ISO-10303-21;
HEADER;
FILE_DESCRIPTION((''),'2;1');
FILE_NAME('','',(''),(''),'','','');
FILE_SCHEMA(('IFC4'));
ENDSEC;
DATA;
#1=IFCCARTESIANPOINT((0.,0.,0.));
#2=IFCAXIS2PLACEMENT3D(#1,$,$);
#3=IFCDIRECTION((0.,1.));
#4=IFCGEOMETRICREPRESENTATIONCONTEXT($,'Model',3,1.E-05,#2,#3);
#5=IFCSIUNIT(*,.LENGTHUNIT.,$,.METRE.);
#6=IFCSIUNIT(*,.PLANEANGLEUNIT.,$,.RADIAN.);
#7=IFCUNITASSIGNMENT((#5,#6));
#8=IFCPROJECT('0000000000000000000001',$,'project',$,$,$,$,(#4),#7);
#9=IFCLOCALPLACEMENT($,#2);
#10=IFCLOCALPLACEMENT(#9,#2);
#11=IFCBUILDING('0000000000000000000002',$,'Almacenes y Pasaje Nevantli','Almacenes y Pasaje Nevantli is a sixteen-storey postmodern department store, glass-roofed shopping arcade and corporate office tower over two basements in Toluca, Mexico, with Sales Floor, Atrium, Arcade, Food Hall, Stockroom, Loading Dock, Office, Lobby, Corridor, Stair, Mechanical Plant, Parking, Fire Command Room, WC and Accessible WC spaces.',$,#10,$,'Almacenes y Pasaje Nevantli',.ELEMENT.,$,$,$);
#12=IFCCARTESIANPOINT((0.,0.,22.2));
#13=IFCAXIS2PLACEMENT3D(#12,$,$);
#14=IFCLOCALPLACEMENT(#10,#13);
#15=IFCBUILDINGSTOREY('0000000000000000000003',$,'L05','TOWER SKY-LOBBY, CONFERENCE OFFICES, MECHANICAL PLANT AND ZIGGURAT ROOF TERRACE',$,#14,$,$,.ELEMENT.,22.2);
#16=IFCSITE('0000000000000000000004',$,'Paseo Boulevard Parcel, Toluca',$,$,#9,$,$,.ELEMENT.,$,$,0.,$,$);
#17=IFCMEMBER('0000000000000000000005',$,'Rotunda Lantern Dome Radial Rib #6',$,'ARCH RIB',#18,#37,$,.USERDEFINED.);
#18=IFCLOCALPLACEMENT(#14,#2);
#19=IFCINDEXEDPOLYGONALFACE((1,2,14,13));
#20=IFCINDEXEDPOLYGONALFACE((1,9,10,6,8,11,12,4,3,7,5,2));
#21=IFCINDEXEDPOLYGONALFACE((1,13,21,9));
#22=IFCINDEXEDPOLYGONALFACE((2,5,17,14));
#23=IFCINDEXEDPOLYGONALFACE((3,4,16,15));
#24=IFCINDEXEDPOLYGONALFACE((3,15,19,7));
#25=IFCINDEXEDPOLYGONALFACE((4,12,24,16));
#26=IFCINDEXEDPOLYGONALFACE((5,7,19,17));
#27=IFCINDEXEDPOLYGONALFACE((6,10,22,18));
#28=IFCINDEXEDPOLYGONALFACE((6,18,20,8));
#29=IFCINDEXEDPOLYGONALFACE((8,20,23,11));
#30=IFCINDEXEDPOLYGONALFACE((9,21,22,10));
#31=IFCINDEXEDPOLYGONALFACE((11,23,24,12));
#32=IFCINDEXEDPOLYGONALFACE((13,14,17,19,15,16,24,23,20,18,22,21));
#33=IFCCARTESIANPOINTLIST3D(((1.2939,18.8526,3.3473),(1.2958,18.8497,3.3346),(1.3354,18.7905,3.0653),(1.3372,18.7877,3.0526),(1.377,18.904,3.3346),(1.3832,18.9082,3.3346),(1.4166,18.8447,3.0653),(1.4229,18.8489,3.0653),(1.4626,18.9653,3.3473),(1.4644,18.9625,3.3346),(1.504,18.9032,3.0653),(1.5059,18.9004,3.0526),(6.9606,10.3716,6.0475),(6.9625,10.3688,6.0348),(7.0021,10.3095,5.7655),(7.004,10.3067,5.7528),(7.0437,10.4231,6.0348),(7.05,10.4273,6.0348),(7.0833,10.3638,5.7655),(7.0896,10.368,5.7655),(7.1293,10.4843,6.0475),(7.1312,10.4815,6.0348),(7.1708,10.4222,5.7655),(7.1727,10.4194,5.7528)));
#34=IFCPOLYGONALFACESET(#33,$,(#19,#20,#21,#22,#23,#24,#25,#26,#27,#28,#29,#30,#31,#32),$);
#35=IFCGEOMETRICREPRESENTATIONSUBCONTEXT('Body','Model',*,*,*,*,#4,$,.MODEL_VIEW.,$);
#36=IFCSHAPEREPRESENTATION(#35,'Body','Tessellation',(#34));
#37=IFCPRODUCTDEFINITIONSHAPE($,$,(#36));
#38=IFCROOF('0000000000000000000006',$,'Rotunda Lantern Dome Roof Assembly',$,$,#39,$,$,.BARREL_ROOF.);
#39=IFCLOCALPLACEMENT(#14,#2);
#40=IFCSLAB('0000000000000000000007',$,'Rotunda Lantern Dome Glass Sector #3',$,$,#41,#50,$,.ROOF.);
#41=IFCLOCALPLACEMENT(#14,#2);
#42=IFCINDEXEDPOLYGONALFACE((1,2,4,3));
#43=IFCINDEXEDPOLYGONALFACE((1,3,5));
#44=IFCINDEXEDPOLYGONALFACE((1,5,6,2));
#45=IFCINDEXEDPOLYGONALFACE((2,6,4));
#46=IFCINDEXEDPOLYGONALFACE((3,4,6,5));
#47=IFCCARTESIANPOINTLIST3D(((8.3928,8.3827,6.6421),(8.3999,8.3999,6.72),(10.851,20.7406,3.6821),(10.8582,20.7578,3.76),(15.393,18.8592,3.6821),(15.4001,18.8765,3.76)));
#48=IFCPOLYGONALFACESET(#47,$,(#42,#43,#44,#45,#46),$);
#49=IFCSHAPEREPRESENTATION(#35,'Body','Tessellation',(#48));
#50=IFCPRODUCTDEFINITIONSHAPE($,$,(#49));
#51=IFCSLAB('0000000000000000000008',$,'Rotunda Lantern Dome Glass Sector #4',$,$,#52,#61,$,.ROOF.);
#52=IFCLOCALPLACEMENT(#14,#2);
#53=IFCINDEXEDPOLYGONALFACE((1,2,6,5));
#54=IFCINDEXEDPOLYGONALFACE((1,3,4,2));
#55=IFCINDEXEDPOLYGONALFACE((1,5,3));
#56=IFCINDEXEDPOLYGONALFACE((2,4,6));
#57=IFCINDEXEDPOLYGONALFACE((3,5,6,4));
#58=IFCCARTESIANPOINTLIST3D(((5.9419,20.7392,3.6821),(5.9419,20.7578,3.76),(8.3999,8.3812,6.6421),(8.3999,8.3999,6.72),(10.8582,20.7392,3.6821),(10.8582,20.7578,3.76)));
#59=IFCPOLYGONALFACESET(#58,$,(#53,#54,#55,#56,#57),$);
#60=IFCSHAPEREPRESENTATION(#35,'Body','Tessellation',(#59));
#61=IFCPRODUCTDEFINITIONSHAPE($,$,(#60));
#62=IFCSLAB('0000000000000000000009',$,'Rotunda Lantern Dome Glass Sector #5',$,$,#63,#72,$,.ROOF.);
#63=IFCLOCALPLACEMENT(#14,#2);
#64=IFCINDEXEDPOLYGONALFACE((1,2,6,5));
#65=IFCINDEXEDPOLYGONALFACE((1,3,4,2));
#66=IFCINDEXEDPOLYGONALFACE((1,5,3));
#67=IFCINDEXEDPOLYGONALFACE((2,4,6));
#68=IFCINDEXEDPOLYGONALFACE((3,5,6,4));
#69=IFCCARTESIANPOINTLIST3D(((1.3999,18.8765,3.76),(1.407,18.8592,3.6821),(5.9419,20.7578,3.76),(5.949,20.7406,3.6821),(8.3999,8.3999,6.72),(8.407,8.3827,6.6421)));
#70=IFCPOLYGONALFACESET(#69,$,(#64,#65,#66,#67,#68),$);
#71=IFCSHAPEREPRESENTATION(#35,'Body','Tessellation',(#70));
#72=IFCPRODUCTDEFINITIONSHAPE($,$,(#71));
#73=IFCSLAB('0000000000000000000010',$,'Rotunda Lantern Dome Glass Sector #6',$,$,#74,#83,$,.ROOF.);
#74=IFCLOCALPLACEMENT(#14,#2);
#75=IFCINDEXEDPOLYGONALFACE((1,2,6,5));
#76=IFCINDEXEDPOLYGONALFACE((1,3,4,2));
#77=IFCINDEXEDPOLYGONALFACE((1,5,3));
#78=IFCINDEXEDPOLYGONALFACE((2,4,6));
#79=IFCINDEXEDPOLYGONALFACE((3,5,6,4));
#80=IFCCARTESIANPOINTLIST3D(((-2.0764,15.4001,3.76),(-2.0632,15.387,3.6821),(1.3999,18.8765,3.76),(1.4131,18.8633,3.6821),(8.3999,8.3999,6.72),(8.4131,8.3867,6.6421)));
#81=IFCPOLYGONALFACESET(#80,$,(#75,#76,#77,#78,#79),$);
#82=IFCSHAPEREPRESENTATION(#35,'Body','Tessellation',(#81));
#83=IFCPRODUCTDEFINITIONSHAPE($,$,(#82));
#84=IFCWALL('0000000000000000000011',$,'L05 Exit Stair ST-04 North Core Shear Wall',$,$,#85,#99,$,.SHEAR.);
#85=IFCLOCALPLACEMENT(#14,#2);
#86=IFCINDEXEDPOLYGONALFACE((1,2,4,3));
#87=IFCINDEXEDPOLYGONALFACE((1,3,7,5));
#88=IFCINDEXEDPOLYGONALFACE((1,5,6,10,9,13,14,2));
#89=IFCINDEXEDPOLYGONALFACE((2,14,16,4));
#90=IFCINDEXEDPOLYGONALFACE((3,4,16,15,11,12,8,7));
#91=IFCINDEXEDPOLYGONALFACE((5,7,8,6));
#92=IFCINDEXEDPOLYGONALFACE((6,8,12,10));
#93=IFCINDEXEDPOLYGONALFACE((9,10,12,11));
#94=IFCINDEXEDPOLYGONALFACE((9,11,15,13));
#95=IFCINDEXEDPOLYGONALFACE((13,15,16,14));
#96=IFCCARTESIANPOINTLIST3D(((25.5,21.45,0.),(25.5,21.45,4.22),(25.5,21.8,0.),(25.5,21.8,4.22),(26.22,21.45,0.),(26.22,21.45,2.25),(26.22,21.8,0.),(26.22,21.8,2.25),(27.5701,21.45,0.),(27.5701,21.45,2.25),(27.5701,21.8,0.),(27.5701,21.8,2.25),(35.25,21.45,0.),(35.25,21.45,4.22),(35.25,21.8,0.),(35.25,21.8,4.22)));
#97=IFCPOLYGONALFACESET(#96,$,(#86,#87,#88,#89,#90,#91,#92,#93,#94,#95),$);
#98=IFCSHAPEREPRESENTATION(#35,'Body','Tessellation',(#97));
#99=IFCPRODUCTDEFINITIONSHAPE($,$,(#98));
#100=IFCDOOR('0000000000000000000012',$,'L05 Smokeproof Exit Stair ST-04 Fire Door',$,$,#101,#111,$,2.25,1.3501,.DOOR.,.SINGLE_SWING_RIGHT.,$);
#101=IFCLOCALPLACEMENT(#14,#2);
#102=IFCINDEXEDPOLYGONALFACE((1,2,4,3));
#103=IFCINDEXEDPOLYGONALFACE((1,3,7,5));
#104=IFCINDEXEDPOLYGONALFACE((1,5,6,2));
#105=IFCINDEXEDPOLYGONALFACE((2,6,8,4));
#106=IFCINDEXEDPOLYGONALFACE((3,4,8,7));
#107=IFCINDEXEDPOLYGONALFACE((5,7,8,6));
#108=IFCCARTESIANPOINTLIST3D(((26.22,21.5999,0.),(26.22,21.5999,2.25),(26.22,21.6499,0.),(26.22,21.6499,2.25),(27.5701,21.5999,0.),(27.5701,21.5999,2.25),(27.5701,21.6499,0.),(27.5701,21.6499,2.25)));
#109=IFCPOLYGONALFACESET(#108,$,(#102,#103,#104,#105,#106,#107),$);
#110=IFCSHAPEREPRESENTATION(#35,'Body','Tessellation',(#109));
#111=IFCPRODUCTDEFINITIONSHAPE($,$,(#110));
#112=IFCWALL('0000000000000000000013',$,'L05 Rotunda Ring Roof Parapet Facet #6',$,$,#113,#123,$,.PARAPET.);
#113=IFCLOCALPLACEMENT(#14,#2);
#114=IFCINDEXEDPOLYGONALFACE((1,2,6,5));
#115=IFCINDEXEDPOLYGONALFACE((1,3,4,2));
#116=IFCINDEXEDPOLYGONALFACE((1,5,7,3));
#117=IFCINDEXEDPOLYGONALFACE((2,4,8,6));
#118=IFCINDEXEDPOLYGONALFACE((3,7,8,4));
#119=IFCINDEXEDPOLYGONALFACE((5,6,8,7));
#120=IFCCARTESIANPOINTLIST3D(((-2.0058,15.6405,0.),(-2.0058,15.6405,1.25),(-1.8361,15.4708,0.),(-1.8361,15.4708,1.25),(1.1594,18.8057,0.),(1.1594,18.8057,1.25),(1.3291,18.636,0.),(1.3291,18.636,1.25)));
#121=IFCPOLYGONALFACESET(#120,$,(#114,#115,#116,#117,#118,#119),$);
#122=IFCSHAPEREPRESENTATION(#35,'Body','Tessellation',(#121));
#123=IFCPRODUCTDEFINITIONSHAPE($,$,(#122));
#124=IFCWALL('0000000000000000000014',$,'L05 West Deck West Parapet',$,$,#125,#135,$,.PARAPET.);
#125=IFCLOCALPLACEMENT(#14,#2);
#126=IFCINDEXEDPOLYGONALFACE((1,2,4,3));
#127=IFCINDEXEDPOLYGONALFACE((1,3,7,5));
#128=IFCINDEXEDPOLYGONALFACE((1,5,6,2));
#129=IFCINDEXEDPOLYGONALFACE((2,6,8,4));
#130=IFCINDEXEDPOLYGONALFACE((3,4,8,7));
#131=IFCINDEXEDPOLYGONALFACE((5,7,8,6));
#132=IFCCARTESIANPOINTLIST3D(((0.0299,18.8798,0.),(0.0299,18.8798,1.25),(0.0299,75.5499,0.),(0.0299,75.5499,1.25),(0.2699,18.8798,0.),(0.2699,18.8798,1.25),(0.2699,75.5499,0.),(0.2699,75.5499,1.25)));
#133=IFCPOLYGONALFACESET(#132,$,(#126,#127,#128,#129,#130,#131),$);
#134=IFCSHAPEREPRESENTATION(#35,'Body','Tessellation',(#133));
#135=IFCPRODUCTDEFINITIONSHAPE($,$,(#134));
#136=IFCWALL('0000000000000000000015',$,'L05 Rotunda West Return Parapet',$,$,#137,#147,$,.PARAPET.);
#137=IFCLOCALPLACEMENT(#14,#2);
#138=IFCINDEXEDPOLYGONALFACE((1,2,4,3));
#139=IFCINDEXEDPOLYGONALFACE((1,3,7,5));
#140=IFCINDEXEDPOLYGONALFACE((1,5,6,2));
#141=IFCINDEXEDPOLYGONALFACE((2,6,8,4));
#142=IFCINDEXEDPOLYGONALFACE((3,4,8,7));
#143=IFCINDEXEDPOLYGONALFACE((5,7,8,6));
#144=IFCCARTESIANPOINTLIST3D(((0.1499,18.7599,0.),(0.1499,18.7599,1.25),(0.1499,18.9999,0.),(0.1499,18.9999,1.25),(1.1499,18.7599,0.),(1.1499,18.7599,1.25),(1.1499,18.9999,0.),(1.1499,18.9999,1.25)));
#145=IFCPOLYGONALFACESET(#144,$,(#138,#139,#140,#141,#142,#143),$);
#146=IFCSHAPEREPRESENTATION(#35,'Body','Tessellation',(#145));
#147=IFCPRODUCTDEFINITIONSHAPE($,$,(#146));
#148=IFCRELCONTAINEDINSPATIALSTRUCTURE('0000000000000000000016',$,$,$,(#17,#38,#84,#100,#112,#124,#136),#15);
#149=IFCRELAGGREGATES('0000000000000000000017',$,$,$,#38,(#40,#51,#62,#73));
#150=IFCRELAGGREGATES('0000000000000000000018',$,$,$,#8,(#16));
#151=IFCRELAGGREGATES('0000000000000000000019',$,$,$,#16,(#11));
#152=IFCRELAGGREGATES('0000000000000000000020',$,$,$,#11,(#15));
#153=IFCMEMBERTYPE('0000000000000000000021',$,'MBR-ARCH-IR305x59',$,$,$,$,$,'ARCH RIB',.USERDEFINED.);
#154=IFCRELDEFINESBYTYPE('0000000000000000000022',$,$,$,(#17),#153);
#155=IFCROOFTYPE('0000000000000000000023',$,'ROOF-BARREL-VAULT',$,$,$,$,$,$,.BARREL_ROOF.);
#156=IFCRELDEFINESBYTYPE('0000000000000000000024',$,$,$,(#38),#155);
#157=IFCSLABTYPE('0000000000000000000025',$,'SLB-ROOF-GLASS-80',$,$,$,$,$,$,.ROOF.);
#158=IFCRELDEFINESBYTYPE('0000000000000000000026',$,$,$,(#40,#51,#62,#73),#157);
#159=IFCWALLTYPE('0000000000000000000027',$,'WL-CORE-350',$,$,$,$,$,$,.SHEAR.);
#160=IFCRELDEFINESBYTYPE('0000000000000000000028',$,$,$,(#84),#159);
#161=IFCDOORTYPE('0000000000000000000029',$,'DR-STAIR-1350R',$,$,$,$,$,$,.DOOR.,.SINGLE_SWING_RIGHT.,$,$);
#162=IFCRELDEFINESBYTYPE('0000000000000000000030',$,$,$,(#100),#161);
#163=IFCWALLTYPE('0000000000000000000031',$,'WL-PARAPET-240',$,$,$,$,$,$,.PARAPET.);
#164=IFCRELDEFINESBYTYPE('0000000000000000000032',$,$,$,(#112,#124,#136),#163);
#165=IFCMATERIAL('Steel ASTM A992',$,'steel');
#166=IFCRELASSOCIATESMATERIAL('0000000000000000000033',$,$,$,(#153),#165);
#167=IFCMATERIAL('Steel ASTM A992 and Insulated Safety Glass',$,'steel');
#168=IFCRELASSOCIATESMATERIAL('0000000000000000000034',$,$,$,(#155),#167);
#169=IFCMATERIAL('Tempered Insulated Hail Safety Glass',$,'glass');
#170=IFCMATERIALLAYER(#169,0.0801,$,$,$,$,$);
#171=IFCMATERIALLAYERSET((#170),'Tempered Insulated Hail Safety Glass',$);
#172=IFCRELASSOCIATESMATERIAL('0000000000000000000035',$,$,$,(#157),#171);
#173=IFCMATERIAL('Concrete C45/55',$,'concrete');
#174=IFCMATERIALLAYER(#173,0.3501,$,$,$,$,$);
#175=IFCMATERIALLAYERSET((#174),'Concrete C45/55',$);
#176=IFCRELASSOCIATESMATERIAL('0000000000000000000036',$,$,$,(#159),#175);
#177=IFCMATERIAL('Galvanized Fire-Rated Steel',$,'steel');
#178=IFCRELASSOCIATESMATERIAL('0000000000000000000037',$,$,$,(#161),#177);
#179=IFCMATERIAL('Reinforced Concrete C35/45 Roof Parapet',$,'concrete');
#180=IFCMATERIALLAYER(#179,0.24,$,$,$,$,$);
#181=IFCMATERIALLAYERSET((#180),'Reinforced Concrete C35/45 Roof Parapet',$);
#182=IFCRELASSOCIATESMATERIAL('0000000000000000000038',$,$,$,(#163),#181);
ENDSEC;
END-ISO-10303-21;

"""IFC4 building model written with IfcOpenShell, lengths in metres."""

from ifc_helpers import new_model, si_unit, direction, frame, frame_2d, origin, origin_2d, place, context, subcontext, project, spatial, polyline, rectangle, i_section, outline, extrude, material, layer, layer_set, material_profile, profile_set, type_object, element, fill, aggregate, save


model = new_model("IFC4")

# Units and contexts
model_context = context("Model", 3, precision=1e-05, world=origin(), true_north=direction((0.0, 1.0)))
body_context = subcontext(model_context, "Body", "Model", "MODEL_VIEW")
ifc_project = project(units=[si_unit("LENGTHUNIT", "METRE"), si_unit("PLANEANGLEUNIT", "RADIAN")], contexts=[model_context])

# Site, building, storey
site_placement = place(None, origin())
site = spatial("IfcSite", under=ifc_project, at=site_placement, Name="Paseo Boulevard Parcel, Toluca", CompositionType="ELEMENT", RefElevation=0.0)
building_placement = place(site_placement, origin())
building = spatial("IfcBuilding", under=site, at=building_placement, Name="Almacenes y Pasaje Nevantli", Description="Almacenes y Pasaje Nevantli is a sixteen-storey postmodern department store, glass-roofed shopping arcade and corporate office tower over two basements in Toluca, Mexico, with Sales Floor, Atrium, Arcade, Food Hall, Stockroom, Loading Dock, Office, Lobby, Corridor, Stair, Mechanical Plant, Parking, Fire Command Room, WC and Accessible WC spaces.", LongName="Almacenes y Pasaje Nevantli", CompositionType="ELEMENT")
storey_placement = place(building_placement, frame((0.0, 0.0, 22.2)))
storey = spatial("IfcBuildingStorey", under=building, at=storey_placement, Name="L05", Description="TOWER SKY-LOBBY, CONFERENCE OFFICES, MECHANICAL PLANT AND ZIGGURAT ROOF TERRACE", CompositionType="ELEMENT", Elevation=22.2)

# Member
ifc_material_1 = material(Name="Steel ASTM A992", Category="steel")
ifc_material_profile_1 = material_profile(ifc_material_1, i_section(OverallWidth=0.2029, OverallDepth=0.3049, WebThickness=0.0076, FlangeThickness=0.0132, at=origin_2d()), Name="IR 305x59.5")
ifc_profile_set_1 = profile_set([ifc_material_profile_1], Name="Steel ASTM A992")
member_type = type_object("IfcMemberType", Name="MBR-ARCH-IR305x59", ElementType="ARCH RIB", PredefinedType="USERDEFINED", material=ifc_profile_set_1)
for number, where, z_axis, x_axis, name in (
    (1, (1.3999, 18.8765, 3.2), (0.537067, -0.803784, 0.255911), (0.831472, 0.555567, 0.0), "Rotunda Lantern Dome Radial Rib #6"),
):
    element("IfcMember", number, at=place(storey_placement, frame(where, z_axis=z_axis, x_axis=x_axis)), inside=storey, type_object=member_type, Name=name, ObjectType="ARCH RIB", PredefinedType="USERDEFINED", context=body_context, shape_type="SweptSolid", body=[
        extrude(i_section(OverallWidth=0.2029, OverallDepth=0.3049, WebThickness=0.0076, FlangeThickness=0.0132, at=origin_2d()), origin(), (0.0, 0.0, 1.0), 10.5513),
    ])

# Roof, slabs
ifc_material_2 = material(Name="Steel ASTM A992 and Insulated Safety Glass", Category="steel")
roof_type = type_object("IfcRoofType", Name="ROOF-BARREL-VAULT", PredefinedType="BARREL_ROOF", material=ifc_material_2)
roof_placement = place(storey_placement, origin())
roof = element("IfcRoof", 2, at=roof_placement, inside=storey, type_object=roof_type, Name="Rotunda Lantern Dome Roof Assembly", PredefinedType="BARREL_ROOF")
ifc_material_3 = material(Name="Tempered Insulated Hail Safety Glass", Category="glass")
ifc_layer_1 = layer(ifc_material_3, 0.0801)
ifc_layer_set_1 = layer_set([ifc_layer_1], Name="Tempered Insulated Hail Safety Glass")
slab_type = type_object("IfcSlabType", Name="SLB-ROOF-GLASS-80", PredefinedType="ROOF", material=ifc_layer_set_1)
slab_1_placement = place(storey_placement, frame((15.4001, 18.8765, 3.76), z_axis=(0.089138, 0.2152, 0.972493), x_axis=(-0.92388, 0.382682, 0.0)))
slab_1 = element("IfcSlab", 3, at=slab_1_placement, type_object=slab_type, Name="Rotunda Lantern Dome Glass Sector #3", PredefinedType="ROOF", context=body_context, shape_type="SweptSolid", body=[
    extrude(outline(polyline([(0.0, 0.0), (4.9162, 0.0), (2.4582, 12.7075), (0.0, 0.0)])), origin(), (0.0, 0.0, -1.0), 0.0801),
])
slab_2_placement = place(storey_placement, frame((10.8582, 20.7578, 3.76), z_axis=(0.0, 0.232931, 0.972493), x_axis=(-1.0, 0.0, 0.0)))
slab_2 = element("IfcSlab", 4, at=slab_2_placement, type_object=slab_type, Name="Rotunda Lantern Dome Glass Sector #4", PredefinedType="ROOF", context=body_context, shape_type="SweptSolid", body=[
    extrude(outline(polyline([(0.0, 0.0), (4.9163, 0.0), (2.4583, 12.7075), (0.0, 0.0)])), origin(), (0.0, 0.0, -1.0), 0.0801),
])
slab_3_placement = place(storey_placement, frame((5.9419, 20.7578, 3.76), z_axis=(-0.089139, 0.215201, 0.972493), x_axis=(-0.92388, -0.382682, 0.0)))
slab_3 = element("IfcSlab", 5, at=slab_3_placement, type_object=slab_type, Name="Rotunda Lantern Dome Glass Sector #5", PredefinedType="ROOF", context=body_context, shape_type="SweptSolid", body=[
    extrude(outline(polyline([(0.0, 0.0), (4.9162, 0.0), (2.4582, 12.7074), (0.0, 0.0)])), origin(), (0.0, 0.0, -1.0), 0.0801),
])
slab_4_placement = place(storey_placement, frame((1.3999, 18.8765, 3.76), z_axis=(-0.164709, 0.164709, 0.972493), x_axis=(-0.707107, -0.707107, 0.0)))
slab_4 = element("IfcSlab", 6, at=slab_4_placement, type_object=slab_type, Name="Rotunda Lantern Dome Glass Sector #6", PredefinedType="ROOF", context=body_context, shape_type="SweptSolid", body=[
    extrude(outline(polyline([(0.0, 0.0), (4.9163, 0.0), (2.4583, 12.7073), (0.0, 0.0)])), origin(), (0.0, 0.0, -1.0), 0.0801),
])
aggregate(roof, [slab_1, slab_2, slab_3, slab_4])

# Wall, opening, door
ifc_material_4 = material(Name="Concrete C45/55", Category="concrete")
ifc_layer_2 = layer(ifc_material_4, 0.3501)
ifc_layer_set_2 = layer_set([ifc_layer_2], Name="Concrete C45/55")
wall_type_1 = type_object("IfcWallType", Name="WL-CORE-350", PredefinedType="SHEAR", material=ifc_layer_set_2)
wall_1_placement = place(storey_placement, frame((25.5, 21.625, 0.0), z_axis=(0.0, 0.0, 1.0), x_axis=(1.0, 0.0, 0.0)))
wall_1 = element("IfcWall", 7, at=wall_1_placement, inside=storey, type_object=wall_type_1, Name="L05 Exit Stair ST-04 North Core Shear Wall", PredefinedType="SHEAR", context=body_context, shape_type="SweptSolid", body=[
    extrude(rectangle(XDim=9.75, YDim=0.3501, at=frame_2d((4.875, 0.0))), origin(), (0.0, 0.0, 1.0), 4.22),
])
opening_placement = place(wall_1_placement, frame((0.72, 0.0, 0.0)))
opening = element("IfcOpeningElement", 8, at=opening_placement, cuts=wall_1, PredefinedType="OPENING", context=body_context, shape_type="SweptSolid", body=[
    extrude(rectangle(XDim=1.3501, YDim=2.25, at=frame_2d((0.675, 1.125))), frame((0.0, 0.1851, 0.0), z_axis=(0.0, -1.0, 0.0), x_axis=(1.0, 0.0, 0.0)), (0.0, 0.0, 1.0), 0.3701),
])
ifc_material_5 = material(Name="Galvanized Fire-Rated Steel", Category="steel")
door_type = type_object("IfcDoorType", Name="DR-STAIR-1350R", OperationType="SINGLE_SWING_RIGHT", PredefinedType="DOOR", material=ifc_material_5)
door_placement = place(opening_placement, origin())
door = element("IfcDoor", 9, at=door_placement, inside=storey, type_object=door_type, Name="L05 Smokeproof Exit Stair ST-04 Fire Door", OperationType="SINGLE_SWING_RIGHT", OverallHeight=2.25, OverallWidth=1.3501, PredefinedType="DOOR", context=body_context, shape_type="SweptSolid", body=[
    extrude(rectangle(XDim=1.3501, YDim=2.25, at=frame_2d((0.675, 1.125))), frame((0.0, 0.0249, 0.0), z_axis=(0.0, -1.0, 0.0), x_axis=(1.0, 0.0, 0.0)), (0.0, 0.0, 1.0), 0.05),
])
fill(opening, door)

# Walls
ifc_material_6 = material(Name="Reinforced Concrete C35/45 Roof Parapet", Category="concrete")
ifc_layer_3 = layer(ifc_material_6, 0.24)
ifc_layer_set_3 = layer_set([ifc_layer_3], Name="Reinforced Concrete C35/45 Roof Parapet")
wall_type_2 = type_object("IfcWallType", Name="WL-PARAPET-240", PredefinedType="PARAPET", material=ifc_layer_set_3)
wall_2_placement = place(storey_placement, frame((1.2444, 18.7209, 0.0), z_axis=(0.0, 0.0, 1.0), x_axis=(-0.707107, -0.707107, 0.0)))
element("IfcWall", 10, at=wall_2_placement, inside=storey, type_object=wall_type_2, Name="L05 Rotunda Ring Roof Parapet Facet #6", PredefinedType="PARAPET", context=body_context, shape_type="SweptSolid", body=[
    extrude(rectangle(XDim=4.4763, YDim=0.24, at=frame_2d((2.2383, 0.0))), origin(), (0.0, 0.0, 1.0), 1.25),
])
wall_3_placement = place(storey_placement, frame((0.1499, 18.8799, 0.0), z_axis=(0.0, 0.0, 1.0), x_axis=(0.0, 1.0, 0.0)))
element("IfcWall", 11, at=wall_3_placement, inside=storey, type_object=wall_type_2, Name="L05 West Deck West Parapet", PredefinedType="PARAPET", context=body_context, shape_type="SweptSolid", body=[
    extrude(rectangle(XDim=56.6702, YDim=0.24, at=frame_2d((28.335, 0.0))), origin(), (0.0, 0.0, 1.0), 1.25),
])
wall_4_placement = place(storey_placement, frame((0.1499, 18.8799, 0.0), z_axis=(0.0, 0.0, 1.0), x_axis=(1.0, 0.0, 0.0)))
element("IfcWall", 12, at=wall_4_placement, inside=storey, type_object=wall_type_2, Name="L05 Rotunda West Return Parapet", PredefinedType="PARAPET", context=body_context, shape_type="SweptSolid", body=[
    extrude(rectangle(XDim=1.0, YDim=0.24, at=frame_2d((0.5, 0.0))), origin(), (0.0, 0.0, 1.0), 1.25),
])

save(model, "model.ifc")
